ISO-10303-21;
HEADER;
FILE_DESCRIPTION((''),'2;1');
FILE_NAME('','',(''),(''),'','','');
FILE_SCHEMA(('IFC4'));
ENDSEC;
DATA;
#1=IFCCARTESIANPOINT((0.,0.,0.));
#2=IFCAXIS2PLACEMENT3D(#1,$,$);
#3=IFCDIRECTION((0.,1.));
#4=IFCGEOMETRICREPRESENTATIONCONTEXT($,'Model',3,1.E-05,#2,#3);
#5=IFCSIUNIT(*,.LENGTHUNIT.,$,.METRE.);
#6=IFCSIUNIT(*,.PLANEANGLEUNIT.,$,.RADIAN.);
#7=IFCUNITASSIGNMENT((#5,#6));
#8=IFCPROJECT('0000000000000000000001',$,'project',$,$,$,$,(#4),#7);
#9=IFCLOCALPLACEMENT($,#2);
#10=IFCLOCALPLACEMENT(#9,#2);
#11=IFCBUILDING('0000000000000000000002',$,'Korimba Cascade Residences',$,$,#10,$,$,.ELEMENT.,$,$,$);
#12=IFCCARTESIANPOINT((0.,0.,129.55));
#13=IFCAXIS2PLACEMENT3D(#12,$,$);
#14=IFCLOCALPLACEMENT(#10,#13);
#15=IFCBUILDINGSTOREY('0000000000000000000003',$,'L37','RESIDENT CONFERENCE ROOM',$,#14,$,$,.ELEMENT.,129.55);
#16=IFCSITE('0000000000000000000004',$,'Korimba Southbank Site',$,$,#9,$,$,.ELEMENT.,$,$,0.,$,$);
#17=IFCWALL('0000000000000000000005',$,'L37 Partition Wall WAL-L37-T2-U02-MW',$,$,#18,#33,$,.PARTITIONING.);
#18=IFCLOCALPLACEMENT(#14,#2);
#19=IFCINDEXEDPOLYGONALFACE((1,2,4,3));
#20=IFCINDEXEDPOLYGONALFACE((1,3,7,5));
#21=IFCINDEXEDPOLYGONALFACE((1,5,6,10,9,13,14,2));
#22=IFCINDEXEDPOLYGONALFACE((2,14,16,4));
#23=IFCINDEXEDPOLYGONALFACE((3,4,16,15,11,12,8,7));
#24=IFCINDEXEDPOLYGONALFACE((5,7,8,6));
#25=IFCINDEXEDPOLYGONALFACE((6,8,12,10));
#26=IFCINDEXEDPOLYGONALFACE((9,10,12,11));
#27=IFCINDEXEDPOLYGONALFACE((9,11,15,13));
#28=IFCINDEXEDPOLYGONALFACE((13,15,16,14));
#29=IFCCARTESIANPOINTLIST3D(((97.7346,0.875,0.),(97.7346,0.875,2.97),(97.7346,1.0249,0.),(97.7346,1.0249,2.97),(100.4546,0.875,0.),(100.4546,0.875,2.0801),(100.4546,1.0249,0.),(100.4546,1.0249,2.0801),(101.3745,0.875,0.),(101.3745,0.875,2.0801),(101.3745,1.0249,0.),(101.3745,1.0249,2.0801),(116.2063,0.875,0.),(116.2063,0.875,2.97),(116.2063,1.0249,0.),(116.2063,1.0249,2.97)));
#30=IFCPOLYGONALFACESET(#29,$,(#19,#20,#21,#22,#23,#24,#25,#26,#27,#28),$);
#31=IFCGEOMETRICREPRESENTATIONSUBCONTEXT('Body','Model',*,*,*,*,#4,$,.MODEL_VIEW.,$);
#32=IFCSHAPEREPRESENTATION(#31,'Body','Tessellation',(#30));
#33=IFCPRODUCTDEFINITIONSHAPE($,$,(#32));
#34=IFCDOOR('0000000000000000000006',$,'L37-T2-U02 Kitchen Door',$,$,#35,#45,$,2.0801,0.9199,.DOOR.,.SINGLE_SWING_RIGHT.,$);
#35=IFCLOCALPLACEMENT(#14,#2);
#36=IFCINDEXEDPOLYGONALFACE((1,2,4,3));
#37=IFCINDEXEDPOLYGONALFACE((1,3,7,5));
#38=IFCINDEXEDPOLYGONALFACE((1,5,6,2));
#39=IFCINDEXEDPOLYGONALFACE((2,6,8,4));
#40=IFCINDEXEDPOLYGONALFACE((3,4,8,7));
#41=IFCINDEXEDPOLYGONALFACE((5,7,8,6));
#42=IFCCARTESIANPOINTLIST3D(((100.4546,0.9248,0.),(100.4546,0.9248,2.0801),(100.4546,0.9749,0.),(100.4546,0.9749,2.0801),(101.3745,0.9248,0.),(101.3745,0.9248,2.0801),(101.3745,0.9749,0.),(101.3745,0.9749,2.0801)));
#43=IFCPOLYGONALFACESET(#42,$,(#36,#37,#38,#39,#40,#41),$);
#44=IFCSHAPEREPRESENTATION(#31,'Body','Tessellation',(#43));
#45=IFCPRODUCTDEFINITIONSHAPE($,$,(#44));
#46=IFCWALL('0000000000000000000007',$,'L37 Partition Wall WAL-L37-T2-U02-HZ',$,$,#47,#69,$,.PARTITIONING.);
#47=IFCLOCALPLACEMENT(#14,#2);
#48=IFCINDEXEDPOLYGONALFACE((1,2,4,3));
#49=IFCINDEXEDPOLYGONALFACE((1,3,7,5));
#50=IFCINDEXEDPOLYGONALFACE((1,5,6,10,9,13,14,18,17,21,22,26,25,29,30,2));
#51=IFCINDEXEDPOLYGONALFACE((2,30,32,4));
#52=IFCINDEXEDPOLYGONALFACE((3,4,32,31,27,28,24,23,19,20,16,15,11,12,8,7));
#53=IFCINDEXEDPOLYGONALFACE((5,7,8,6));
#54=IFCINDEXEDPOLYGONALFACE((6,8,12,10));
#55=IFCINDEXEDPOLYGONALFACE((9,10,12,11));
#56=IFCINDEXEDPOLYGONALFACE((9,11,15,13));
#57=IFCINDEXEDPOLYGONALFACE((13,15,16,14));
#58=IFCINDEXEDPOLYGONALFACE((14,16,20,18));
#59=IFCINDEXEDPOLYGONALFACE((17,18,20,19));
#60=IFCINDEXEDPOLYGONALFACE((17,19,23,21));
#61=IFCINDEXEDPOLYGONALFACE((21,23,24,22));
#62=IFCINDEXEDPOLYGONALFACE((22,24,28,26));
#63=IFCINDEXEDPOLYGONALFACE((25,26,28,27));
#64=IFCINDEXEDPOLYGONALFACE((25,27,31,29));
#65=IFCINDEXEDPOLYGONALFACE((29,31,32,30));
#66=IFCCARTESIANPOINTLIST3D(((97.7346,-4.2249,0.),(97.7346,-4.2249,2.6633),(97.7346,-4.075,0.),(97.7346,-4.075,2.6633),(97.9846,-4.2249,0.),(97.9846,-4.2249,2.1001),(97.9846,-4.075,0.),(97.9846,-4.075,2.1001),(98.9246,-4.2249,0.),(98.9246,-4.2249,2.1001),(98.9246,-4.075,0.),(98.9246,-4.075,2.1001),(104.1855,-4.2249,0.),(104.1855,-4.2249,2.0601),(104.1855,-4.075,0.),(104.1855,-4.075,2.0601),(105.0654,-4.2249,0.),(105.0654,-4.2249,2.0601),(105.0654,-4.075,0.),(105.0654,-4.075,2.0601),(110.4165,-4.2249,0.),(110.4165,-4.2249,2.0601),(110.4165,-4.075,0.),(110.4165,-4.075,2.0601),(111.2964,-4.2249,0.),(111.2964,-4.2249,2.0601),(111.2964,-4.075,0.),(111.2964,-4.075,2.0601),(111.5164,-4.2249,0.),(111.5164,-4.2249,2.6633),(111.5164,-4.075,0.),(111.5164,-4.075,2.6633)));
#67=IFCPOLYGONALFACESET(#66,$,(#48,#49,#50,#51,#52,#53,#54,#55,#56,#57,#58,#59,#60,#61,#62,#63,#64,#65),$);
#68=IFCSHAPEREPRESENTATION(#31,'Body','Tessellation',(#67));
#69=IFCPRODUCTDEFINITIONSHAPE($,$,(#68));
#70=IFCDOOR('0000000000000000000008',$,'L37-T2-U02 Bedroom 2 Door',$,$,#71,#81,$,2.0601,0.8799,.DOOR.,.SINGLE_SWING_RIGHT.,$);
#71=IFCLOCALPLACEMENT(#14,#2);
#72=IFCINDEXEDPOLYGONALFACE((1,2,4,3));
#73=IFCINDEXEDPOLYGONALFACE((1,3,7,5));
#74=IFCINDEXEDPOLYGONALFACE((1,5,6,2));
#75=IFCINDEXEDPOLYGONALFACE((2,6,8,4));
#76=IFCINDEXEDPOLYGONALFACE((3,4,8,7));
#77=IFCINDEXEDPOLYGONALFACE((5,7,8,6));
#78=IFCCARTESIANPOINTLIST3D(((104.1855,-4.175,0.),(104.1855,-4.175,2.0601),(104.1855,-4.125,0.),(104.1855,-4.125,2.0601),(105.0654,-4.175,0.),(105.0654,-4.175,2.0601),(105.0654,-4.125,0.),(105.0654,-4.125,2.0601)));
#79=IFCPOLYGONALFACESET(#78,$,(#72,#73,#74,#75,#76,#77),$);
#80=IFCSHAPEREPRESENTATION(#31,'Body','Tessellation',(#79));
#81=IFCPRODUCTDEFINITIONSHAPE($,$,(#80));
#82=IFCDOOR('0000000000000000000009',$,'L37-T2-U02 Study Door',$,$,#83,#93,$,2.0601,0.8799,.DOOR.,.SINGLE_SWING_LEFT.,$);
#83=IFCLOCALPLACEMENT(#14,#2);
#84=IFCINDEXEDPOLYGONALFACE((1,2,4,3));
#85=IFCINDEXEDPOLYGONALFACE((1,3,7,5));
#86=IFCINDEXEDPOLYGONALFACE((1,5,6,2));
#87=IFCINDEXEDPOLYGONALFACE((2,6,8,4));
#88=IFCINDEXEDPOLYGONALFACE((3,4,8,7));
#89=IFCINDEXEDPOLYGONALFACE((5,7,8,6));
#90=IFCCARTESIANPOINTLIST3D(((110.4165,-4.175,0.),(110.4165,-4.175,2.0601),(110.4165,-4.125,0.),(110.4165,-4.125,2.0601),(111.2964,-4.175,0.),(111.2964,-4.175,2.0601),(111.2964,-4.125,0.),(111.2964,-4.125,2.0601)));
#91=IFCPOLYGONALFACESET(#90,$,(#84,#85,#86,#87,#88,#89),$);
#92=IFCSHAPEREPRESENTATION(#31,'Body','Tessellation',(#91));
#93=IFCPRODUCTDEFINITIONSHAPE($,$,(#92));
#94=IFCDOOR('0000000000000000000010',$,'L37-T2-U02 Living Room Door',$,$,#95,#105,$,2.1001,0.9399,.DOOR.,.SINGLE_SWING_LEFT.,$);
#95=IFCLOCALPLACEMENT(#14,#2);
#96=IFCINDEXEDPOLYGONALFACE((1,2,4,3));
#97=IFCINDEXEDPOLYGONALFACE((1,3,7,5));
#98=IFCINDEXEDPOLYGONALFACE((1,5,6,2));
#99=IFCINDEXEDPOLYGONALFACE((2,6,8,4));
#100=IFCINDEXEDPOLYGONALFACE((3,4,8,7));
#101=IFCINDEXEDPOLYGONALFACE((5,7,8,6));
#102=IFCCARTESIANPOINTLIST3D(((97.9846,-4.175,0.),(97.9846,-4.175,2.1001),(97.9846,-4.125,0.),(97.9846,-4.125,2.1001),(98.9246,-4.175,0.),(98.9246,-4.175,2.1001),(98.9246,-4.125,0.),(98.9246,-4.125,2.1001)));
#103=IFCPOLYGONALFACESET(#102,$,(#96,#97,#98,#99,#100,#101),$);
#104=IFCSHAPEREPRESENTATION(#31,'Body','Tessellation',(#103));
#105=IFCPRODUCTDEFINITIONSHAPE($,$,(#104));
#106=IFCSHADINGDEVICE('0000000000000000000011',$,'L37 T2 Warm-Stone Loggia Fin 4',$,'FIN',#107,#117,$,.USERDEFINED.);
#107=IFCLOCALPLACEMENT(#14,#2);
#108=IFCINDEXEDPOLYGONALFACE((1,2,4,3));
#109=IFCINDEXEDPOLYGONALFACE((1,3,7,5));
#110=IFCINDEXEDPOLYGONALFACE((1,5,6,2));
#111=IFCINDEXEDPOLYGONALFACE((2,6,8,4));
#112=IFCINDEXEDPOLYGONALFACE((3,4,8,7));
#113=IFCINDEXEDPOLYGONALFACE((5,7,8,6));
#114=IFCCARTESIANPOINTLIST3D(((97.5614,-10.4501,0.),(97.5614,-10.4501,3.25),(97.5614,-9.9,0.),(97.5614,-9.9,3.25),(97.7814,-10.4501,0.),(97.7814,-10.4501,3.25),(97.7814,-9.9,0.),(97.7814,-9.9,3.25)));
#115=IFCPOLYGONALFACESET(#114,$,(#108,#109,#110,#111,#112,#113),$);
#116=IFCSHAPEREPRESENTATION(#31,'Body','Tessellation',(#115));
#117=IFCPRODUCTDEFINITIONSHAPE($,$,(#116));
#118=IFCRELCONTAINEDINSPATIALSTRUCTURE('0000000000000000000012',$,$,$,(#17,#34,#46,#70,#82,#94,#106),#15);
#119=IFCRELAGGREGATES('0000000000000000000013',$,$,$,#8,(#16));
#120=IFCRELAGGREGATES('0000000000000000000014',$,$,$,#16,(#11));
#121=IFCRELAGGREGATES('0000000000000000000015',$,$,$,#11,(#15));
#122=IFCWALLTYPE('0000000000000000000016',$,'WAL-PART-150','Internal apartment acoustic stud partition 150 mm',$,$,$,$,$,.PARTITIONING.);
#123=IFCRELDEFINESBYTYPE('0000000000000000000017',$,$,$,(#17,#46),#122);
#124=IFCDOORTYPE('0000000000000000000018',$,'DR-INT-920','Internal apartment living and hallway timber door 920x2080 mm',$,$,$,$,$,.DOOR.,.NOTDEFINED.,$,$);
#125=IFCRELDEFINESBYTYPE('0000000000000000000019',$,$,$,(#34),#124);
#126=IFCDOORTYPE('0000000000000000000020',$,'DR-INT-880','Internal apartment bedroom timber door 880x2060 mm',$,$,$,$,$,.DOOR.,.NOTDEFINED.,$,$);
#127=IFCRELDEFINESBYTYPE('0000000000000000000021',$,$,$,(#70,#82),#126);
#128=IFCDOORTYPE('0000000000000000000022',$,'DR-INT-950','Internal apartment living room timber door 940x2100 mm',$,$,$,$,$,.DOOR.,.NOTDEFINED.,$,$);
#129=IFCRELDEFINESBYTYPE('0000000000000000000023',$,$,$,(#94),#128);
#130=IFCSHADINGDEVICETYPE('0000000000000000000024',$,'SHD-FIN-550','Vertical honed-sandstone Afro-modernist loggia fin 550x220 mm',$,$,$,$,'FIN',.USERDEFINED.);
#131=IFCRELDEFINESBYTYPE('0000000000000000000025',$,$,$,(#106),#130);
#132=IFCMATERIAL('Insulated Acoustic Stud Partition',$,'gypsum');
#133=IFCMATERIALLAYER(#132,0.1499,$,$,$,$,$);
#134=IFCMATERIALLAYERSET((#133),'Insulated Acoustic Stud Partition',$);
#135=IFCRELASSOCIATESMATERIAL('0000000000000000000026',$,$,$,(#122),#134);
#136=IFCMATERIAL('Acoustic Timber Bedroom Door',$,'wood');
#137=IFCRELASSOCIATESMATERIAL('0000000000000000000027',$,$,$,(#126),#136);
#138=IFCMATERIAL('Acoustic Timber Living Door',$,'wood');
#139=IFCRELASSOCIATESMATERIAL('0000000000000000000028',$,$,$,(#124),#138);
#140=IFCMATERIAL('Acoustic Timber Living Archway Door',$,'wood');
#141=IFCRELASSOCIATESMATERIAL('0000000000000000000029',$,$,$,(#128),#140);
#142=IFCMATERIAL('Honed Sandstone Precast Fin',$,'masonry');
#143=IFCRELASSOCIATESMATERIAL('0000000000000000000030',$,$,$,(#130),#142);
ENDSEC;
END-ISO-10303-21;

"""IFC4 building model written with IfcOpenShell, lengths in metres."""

from ifc_helpers import new_model, si_unit, direction, frame, frame_2d, origin, origin_2d, place, context, subcontext, project, spatial, rectangle, extrude, material, layer, layer_set, type_object, element, fill, save


model = new_model("IFC4")

# Units and contexts
model_context = context("Model", 3, precision=1e-05, world=origin(), true_north=direction((0.0, 1.0)))
body_context = subcontext(model_context, "Body", "Model", "MODEL_VIEW")
ifc_project = project(units=[si_unit("LENGTHUNIT", "METRE"), si_unit("PLANEANGLEUNIT", "RADIAN")], contexts=[model_context])

# Site, building, storey
site_placement = place(None, origin())
site = spatial("IfcSite", under=ifc_project, at=site_placement, Name="Korimba Southbank Site", CompositionType="ELEMENT", RefElevation=0.0)
building_placement = place(site_placement, origin())
building = spatial("IfcBuilding", under=site, at=building_placement, Name="Korimba Cascade Residences", CompositionType="ELEMENT")
storey_placement = place(building_placement, frame((0.0, 0.0, 129.55)))
storey = spatial("IfcBuildingStorey", under=building, at=storey_placement, Name="L37", Description="RESIDENT CONFERENCE ROOM", CompositionType="ELEMENT", Elevation=129.55)

# Shared definitions
ifc_material_1 = material(Name="Insulated Acoustic Stud Partition", Category="gypsum")
ifc_layer = layer(ifc_material_1, 0.1499)
ifc_layer_set = layer_set([ifc_layer], Name="Insulated Acoustic Stud Partition")
wall_type = type_object("IfcWallType", Name="WAL-PART-150", Description="Internal apartment acoustic stud partition 150 mm", PredefinedType="PARTITIONING", material=ifc_layer_set)
ifc_material_2 = material(Name="Acoustic Timber Bedroom Door", Category="wood")
door_type_1 = type_object("IfcDoorType", Name="DR-INT-880", Description="Internal apartment bedroom timber door 880x2060 mm", OperationType="NOTDEFINED", PredefinedType="DOOR", material=ifc_material_2)

# Shared definitions
ifc_material_3 = material(Name="Acoustic Timber Living Door", Category="wood")
door_type_2 = type_object("IfcDoorType", Name="DR-INT-920", Description="Internal apartment living and hallway timber door 920x2080 mm", OperationType="NOTDEFINED", PredefinedType="DOOR", material=ifc_material_3)

# Wall, opening, door
wall_1_placement = place(storey_placement, frame((97.7346, 0.95, 0.0), z_axis=(0.0, 0.0, 1.0), x_axis=(1.0, 0.0, 0.0)))
wall_1 = element("IfcWall", 1, at=wall_1_placement, inside=storey, type_object=wall_type, Name="L37 Partition Wall WAL-L37-T2-U02-MW", PredefinedType="PARTITIONING", context=body_context, shape_type="SweptSolid", body=[
    extrude(rectangle(XDim=18.4717, YDim=0.1499, at=frame_2d((9.2358, 0.0))), origin(), (0.0, 0.0, 1.0), 2.97),
])
opening_1_placement = place(wall_1_placement, frame((2.72, 0.0, 0.0)))
opening_1 = element("IfcOpeningElement", 2, at=opening_1_placement, cuts=wall_1, PredefinedType="OPENING", context=body_context, shape_type="SweptSolid", body=[
    extrude(rectangle(XDim=0.9199, YDim=2.0801, at=frame_2d((0.46, 1.04))), frame((0.0, 0.085, 0.0), z_axis=(0.0, -1.0, 0.0), x_axis=(1.0, 0.0, 0.0)), (0.0, 0.0, 1.0), 0.1699),
])
door_1_placement = place(opening_1_placement, origin())
door_1 = element("IfcDoor", 3, at=door_1_placement, inside=storey, type_object=door_type_2, Name="L37-T2-U02 Kitchen Door", OperationType="SINGLE_SWING_RIGHT", OverallHeight=2.0801, OverallWidth=0.9199, PredefinedType="DOOR", context=body_context, shape_type="SweptSolid", body=[
    extrude(rectangle(XDim=0.9199, YDim=2.0801, at=frame_2d((0.46, 1.04))), frame((0.0, 0.0249, 0.0), z_axis=(0.0, -1.0, 0.0), x_axis=(1.0, 0.0, 0.0)), (0.0, 0.0, 1.0), 0.05),
])
fill(opening_1, door_1)

# Wall, openings, doors
wall_2_placement = place(storey_placement, frame((97.7346, -4.1499, 0.0), z_axis=(0.0, 0.0, 1.0), x_axis=(1.0, 0.0, 0.0)))
wall_2 = element("IfcWall", 4, at=wall_2_placement, inside=storey, type_object=wall_type, Name="L37 Partition Wall WAL-L37-T2-U02-HZ", PredefinedType="PARTITIONING", context=body_context, shape_type="SweptSolid", body=[
    extrude(rectangle(XDim=13.7817, YDim=0.1499, at=frame_2d((6.8909, 0.0))), origin(), (0.0, 0.0, 1.0), 2.6633),
])
opening_2_placement = place(wall_2_placement, frame((0.25, 0.0, 0.0)))
opening_2 = element("IfcOpeningElement", 5, at=opening_2_placement, cuts=wall_2, PredefinedType="OPENING", context=body_context, shape_type="SweptSolid", body=[
    extrude(rectangle(XDim=0.9399, YDim=2.1001, at=frame_2d((0.47, 1.05))), frame((0.0, 0.085, 0.0), z_axis=(0.0, -1.0, 0.0), x_axis=(1.0, 0.0, 0.0)), (0.0, 0.0, 1.0), 0.1699),
])
opening_3_placement = place(wall_2_placement, frame((6.4509, 0.0, 0.0)))
opening_3 = element("IfcOpeningElement", 6, at=opening_3_placement, cuts=wall_2, PredefinedType="OPENING", context=body_context, shape_type="SweptSolid", body=[
    extrude(rectangle(XDim=0.8799, YDim=2.0601, at=frame_2d((0.4399, 1.03))), frame((0.0, 0.085, 0.0), z_axis=(0.0, -1.0, 0.0), x_axis=(1.0, 0.0, 0.0)), (0.0, 0.0, 1.0), 0.1699),
])
opening_4_placement = place(wall_2_placement, frame((12.6819, 0.0, 0.0)))
opening_4 = element("IfcOpeningElement", 7, at=opening_4_placement, cuts=wall_2, PredefinedType="OPENING", context=body_context, shape_type="SweptSolid", body=[
    extrude(rectangle(XDim=0.8799, YDim=2.0601, at=frame_2d((0.4399, 1.03))), frame((0.0, 0.085, 0.0), z_axis=(0.0, -1.0, 0.0), x_axis=(1.0, 0.0, 0.0)), (0.0, 0.0, 1.0), 0.1699),
])
door_2_placement = place(opening_3_placement, origin())
door_2 = element("IfcDoor", 8, at=door_2_placement, inside=storey, type_object=door_type_1, Name="L37-T2-U02 Bedroom 2 Door", OperationType="SINGLE_SWING_RIGHT", OverallHeight=2.0601, OverallWidth=0.8799, PredefinedType="DOOR", context=body_context, shape_type="SweptSolid", body=[
    extrude(rectangle(XDim=0.8799, YDim=2.0601, at=frame_2d((0.4399, 1.03))), frame((0.0, 0.0249, 0.0), z_axis=(0.0, -1.0, 0.0), x_axis=(1.0, 0.0, 0.0)), (0.0, 0.0, 1.0), 0.05),
])
fill(opening_3, door_2)
door_3_placement = place(opening_4_placement, origin())
door_3 = element("IfcDoor", 9, at=door_3_placement, inside=storey, type_object=door_type_1, Name="L37-T2-U02 Study Door", OperationType="SINGLE_SWING_LEFT", OverallHeight=2.0601, OverallWidth=0.8799, PredefinedType="DOOR", context=body_context, shape_type="SweptSolid", body=[
    extrude(rectangle(XDim=0.8799, YDim=2.0601, at=frame_2d((0.4399, 1.03))), frame((0.0, 0.0249, 0.0), z_axis=(0.0, -1.0, 0.0), x_axis=(1.0, 0.0, 0.0)), (0.0, 0.0, 1.0), 0.05),
])
fill(opening_4, door_3)
ifc_material_4 = material(Name="Acoustic Timber Living Archway Door", Category="wood")
door_type_3 = type_object("IfcDoorType", Name="DR-INT-950", Description="Internal apartment living room timber door 940x2100 mm", OperationType="NOTDEFINED", PredefinedType="DOOR", material=ifc_material_4)
door_4_placement = place(opening_2_placement, origin())
door_4 = element("IfcDoor", 10, at=door_4_placement, inside=storey, type_object=door_type_3, Name="L37-T2-U02 Living Room Door", OperationType="SINGLE_SWING_LEFT", OverallHeight=2.1001, OverallWidth=0.9399, PredefinedType="DOOR", context=body_context, shape_type="SweptSolid", body=[
    extrude(rectangle(XDim=0.9399, YDim=2.1001, at=frame_2d((0.47, 1.05))), frame((0.0, 0.0249, 0.0), z_axis=(0.0, -1.0, 0.0), x_axis=(1.0, 0.0, 0.0)), (0.0, 0.0, 1.0), 0.05),
])
fill(opening_2, door_4)

# Shading device
ifc_material_5 = material(Name="Honed Sandstone Precast Fin", Category="masonry")
shading_device_type = type_object("IfcShadingDeviceType", Name="SHD-FIN-550", Description="Vertical honed-sandstone Afro-modernist loggia fin 550x220 mm", ElementType="FIN", PredefinedType="USERDEFINED", material=ifc_material_5)
shading_device_placement = place(storey_placement, frame((97.6714, -10.175, 0.0), z_axis=(0.0, 0.0, 1.0), x_axis=(1.0, 0.0, 0.0)))
element("IfcShadingDevice", 11, at=shading_device_placement, inside=storey, type_object=shading_device_type, Name="L37 T2 Warm-Stone Loggia Fin 4", ObjectType="FIN", PredefinedType="USERDEFINED", context=body_context, shape_type="SweptSolid", body=[
    extrude(rectangle(XDim=0.22, YDim=0.55, at=origin_2d()), origin(), (0.0, 0.0, 1.0), 3.25),
])

save(model, "model.ifc")
